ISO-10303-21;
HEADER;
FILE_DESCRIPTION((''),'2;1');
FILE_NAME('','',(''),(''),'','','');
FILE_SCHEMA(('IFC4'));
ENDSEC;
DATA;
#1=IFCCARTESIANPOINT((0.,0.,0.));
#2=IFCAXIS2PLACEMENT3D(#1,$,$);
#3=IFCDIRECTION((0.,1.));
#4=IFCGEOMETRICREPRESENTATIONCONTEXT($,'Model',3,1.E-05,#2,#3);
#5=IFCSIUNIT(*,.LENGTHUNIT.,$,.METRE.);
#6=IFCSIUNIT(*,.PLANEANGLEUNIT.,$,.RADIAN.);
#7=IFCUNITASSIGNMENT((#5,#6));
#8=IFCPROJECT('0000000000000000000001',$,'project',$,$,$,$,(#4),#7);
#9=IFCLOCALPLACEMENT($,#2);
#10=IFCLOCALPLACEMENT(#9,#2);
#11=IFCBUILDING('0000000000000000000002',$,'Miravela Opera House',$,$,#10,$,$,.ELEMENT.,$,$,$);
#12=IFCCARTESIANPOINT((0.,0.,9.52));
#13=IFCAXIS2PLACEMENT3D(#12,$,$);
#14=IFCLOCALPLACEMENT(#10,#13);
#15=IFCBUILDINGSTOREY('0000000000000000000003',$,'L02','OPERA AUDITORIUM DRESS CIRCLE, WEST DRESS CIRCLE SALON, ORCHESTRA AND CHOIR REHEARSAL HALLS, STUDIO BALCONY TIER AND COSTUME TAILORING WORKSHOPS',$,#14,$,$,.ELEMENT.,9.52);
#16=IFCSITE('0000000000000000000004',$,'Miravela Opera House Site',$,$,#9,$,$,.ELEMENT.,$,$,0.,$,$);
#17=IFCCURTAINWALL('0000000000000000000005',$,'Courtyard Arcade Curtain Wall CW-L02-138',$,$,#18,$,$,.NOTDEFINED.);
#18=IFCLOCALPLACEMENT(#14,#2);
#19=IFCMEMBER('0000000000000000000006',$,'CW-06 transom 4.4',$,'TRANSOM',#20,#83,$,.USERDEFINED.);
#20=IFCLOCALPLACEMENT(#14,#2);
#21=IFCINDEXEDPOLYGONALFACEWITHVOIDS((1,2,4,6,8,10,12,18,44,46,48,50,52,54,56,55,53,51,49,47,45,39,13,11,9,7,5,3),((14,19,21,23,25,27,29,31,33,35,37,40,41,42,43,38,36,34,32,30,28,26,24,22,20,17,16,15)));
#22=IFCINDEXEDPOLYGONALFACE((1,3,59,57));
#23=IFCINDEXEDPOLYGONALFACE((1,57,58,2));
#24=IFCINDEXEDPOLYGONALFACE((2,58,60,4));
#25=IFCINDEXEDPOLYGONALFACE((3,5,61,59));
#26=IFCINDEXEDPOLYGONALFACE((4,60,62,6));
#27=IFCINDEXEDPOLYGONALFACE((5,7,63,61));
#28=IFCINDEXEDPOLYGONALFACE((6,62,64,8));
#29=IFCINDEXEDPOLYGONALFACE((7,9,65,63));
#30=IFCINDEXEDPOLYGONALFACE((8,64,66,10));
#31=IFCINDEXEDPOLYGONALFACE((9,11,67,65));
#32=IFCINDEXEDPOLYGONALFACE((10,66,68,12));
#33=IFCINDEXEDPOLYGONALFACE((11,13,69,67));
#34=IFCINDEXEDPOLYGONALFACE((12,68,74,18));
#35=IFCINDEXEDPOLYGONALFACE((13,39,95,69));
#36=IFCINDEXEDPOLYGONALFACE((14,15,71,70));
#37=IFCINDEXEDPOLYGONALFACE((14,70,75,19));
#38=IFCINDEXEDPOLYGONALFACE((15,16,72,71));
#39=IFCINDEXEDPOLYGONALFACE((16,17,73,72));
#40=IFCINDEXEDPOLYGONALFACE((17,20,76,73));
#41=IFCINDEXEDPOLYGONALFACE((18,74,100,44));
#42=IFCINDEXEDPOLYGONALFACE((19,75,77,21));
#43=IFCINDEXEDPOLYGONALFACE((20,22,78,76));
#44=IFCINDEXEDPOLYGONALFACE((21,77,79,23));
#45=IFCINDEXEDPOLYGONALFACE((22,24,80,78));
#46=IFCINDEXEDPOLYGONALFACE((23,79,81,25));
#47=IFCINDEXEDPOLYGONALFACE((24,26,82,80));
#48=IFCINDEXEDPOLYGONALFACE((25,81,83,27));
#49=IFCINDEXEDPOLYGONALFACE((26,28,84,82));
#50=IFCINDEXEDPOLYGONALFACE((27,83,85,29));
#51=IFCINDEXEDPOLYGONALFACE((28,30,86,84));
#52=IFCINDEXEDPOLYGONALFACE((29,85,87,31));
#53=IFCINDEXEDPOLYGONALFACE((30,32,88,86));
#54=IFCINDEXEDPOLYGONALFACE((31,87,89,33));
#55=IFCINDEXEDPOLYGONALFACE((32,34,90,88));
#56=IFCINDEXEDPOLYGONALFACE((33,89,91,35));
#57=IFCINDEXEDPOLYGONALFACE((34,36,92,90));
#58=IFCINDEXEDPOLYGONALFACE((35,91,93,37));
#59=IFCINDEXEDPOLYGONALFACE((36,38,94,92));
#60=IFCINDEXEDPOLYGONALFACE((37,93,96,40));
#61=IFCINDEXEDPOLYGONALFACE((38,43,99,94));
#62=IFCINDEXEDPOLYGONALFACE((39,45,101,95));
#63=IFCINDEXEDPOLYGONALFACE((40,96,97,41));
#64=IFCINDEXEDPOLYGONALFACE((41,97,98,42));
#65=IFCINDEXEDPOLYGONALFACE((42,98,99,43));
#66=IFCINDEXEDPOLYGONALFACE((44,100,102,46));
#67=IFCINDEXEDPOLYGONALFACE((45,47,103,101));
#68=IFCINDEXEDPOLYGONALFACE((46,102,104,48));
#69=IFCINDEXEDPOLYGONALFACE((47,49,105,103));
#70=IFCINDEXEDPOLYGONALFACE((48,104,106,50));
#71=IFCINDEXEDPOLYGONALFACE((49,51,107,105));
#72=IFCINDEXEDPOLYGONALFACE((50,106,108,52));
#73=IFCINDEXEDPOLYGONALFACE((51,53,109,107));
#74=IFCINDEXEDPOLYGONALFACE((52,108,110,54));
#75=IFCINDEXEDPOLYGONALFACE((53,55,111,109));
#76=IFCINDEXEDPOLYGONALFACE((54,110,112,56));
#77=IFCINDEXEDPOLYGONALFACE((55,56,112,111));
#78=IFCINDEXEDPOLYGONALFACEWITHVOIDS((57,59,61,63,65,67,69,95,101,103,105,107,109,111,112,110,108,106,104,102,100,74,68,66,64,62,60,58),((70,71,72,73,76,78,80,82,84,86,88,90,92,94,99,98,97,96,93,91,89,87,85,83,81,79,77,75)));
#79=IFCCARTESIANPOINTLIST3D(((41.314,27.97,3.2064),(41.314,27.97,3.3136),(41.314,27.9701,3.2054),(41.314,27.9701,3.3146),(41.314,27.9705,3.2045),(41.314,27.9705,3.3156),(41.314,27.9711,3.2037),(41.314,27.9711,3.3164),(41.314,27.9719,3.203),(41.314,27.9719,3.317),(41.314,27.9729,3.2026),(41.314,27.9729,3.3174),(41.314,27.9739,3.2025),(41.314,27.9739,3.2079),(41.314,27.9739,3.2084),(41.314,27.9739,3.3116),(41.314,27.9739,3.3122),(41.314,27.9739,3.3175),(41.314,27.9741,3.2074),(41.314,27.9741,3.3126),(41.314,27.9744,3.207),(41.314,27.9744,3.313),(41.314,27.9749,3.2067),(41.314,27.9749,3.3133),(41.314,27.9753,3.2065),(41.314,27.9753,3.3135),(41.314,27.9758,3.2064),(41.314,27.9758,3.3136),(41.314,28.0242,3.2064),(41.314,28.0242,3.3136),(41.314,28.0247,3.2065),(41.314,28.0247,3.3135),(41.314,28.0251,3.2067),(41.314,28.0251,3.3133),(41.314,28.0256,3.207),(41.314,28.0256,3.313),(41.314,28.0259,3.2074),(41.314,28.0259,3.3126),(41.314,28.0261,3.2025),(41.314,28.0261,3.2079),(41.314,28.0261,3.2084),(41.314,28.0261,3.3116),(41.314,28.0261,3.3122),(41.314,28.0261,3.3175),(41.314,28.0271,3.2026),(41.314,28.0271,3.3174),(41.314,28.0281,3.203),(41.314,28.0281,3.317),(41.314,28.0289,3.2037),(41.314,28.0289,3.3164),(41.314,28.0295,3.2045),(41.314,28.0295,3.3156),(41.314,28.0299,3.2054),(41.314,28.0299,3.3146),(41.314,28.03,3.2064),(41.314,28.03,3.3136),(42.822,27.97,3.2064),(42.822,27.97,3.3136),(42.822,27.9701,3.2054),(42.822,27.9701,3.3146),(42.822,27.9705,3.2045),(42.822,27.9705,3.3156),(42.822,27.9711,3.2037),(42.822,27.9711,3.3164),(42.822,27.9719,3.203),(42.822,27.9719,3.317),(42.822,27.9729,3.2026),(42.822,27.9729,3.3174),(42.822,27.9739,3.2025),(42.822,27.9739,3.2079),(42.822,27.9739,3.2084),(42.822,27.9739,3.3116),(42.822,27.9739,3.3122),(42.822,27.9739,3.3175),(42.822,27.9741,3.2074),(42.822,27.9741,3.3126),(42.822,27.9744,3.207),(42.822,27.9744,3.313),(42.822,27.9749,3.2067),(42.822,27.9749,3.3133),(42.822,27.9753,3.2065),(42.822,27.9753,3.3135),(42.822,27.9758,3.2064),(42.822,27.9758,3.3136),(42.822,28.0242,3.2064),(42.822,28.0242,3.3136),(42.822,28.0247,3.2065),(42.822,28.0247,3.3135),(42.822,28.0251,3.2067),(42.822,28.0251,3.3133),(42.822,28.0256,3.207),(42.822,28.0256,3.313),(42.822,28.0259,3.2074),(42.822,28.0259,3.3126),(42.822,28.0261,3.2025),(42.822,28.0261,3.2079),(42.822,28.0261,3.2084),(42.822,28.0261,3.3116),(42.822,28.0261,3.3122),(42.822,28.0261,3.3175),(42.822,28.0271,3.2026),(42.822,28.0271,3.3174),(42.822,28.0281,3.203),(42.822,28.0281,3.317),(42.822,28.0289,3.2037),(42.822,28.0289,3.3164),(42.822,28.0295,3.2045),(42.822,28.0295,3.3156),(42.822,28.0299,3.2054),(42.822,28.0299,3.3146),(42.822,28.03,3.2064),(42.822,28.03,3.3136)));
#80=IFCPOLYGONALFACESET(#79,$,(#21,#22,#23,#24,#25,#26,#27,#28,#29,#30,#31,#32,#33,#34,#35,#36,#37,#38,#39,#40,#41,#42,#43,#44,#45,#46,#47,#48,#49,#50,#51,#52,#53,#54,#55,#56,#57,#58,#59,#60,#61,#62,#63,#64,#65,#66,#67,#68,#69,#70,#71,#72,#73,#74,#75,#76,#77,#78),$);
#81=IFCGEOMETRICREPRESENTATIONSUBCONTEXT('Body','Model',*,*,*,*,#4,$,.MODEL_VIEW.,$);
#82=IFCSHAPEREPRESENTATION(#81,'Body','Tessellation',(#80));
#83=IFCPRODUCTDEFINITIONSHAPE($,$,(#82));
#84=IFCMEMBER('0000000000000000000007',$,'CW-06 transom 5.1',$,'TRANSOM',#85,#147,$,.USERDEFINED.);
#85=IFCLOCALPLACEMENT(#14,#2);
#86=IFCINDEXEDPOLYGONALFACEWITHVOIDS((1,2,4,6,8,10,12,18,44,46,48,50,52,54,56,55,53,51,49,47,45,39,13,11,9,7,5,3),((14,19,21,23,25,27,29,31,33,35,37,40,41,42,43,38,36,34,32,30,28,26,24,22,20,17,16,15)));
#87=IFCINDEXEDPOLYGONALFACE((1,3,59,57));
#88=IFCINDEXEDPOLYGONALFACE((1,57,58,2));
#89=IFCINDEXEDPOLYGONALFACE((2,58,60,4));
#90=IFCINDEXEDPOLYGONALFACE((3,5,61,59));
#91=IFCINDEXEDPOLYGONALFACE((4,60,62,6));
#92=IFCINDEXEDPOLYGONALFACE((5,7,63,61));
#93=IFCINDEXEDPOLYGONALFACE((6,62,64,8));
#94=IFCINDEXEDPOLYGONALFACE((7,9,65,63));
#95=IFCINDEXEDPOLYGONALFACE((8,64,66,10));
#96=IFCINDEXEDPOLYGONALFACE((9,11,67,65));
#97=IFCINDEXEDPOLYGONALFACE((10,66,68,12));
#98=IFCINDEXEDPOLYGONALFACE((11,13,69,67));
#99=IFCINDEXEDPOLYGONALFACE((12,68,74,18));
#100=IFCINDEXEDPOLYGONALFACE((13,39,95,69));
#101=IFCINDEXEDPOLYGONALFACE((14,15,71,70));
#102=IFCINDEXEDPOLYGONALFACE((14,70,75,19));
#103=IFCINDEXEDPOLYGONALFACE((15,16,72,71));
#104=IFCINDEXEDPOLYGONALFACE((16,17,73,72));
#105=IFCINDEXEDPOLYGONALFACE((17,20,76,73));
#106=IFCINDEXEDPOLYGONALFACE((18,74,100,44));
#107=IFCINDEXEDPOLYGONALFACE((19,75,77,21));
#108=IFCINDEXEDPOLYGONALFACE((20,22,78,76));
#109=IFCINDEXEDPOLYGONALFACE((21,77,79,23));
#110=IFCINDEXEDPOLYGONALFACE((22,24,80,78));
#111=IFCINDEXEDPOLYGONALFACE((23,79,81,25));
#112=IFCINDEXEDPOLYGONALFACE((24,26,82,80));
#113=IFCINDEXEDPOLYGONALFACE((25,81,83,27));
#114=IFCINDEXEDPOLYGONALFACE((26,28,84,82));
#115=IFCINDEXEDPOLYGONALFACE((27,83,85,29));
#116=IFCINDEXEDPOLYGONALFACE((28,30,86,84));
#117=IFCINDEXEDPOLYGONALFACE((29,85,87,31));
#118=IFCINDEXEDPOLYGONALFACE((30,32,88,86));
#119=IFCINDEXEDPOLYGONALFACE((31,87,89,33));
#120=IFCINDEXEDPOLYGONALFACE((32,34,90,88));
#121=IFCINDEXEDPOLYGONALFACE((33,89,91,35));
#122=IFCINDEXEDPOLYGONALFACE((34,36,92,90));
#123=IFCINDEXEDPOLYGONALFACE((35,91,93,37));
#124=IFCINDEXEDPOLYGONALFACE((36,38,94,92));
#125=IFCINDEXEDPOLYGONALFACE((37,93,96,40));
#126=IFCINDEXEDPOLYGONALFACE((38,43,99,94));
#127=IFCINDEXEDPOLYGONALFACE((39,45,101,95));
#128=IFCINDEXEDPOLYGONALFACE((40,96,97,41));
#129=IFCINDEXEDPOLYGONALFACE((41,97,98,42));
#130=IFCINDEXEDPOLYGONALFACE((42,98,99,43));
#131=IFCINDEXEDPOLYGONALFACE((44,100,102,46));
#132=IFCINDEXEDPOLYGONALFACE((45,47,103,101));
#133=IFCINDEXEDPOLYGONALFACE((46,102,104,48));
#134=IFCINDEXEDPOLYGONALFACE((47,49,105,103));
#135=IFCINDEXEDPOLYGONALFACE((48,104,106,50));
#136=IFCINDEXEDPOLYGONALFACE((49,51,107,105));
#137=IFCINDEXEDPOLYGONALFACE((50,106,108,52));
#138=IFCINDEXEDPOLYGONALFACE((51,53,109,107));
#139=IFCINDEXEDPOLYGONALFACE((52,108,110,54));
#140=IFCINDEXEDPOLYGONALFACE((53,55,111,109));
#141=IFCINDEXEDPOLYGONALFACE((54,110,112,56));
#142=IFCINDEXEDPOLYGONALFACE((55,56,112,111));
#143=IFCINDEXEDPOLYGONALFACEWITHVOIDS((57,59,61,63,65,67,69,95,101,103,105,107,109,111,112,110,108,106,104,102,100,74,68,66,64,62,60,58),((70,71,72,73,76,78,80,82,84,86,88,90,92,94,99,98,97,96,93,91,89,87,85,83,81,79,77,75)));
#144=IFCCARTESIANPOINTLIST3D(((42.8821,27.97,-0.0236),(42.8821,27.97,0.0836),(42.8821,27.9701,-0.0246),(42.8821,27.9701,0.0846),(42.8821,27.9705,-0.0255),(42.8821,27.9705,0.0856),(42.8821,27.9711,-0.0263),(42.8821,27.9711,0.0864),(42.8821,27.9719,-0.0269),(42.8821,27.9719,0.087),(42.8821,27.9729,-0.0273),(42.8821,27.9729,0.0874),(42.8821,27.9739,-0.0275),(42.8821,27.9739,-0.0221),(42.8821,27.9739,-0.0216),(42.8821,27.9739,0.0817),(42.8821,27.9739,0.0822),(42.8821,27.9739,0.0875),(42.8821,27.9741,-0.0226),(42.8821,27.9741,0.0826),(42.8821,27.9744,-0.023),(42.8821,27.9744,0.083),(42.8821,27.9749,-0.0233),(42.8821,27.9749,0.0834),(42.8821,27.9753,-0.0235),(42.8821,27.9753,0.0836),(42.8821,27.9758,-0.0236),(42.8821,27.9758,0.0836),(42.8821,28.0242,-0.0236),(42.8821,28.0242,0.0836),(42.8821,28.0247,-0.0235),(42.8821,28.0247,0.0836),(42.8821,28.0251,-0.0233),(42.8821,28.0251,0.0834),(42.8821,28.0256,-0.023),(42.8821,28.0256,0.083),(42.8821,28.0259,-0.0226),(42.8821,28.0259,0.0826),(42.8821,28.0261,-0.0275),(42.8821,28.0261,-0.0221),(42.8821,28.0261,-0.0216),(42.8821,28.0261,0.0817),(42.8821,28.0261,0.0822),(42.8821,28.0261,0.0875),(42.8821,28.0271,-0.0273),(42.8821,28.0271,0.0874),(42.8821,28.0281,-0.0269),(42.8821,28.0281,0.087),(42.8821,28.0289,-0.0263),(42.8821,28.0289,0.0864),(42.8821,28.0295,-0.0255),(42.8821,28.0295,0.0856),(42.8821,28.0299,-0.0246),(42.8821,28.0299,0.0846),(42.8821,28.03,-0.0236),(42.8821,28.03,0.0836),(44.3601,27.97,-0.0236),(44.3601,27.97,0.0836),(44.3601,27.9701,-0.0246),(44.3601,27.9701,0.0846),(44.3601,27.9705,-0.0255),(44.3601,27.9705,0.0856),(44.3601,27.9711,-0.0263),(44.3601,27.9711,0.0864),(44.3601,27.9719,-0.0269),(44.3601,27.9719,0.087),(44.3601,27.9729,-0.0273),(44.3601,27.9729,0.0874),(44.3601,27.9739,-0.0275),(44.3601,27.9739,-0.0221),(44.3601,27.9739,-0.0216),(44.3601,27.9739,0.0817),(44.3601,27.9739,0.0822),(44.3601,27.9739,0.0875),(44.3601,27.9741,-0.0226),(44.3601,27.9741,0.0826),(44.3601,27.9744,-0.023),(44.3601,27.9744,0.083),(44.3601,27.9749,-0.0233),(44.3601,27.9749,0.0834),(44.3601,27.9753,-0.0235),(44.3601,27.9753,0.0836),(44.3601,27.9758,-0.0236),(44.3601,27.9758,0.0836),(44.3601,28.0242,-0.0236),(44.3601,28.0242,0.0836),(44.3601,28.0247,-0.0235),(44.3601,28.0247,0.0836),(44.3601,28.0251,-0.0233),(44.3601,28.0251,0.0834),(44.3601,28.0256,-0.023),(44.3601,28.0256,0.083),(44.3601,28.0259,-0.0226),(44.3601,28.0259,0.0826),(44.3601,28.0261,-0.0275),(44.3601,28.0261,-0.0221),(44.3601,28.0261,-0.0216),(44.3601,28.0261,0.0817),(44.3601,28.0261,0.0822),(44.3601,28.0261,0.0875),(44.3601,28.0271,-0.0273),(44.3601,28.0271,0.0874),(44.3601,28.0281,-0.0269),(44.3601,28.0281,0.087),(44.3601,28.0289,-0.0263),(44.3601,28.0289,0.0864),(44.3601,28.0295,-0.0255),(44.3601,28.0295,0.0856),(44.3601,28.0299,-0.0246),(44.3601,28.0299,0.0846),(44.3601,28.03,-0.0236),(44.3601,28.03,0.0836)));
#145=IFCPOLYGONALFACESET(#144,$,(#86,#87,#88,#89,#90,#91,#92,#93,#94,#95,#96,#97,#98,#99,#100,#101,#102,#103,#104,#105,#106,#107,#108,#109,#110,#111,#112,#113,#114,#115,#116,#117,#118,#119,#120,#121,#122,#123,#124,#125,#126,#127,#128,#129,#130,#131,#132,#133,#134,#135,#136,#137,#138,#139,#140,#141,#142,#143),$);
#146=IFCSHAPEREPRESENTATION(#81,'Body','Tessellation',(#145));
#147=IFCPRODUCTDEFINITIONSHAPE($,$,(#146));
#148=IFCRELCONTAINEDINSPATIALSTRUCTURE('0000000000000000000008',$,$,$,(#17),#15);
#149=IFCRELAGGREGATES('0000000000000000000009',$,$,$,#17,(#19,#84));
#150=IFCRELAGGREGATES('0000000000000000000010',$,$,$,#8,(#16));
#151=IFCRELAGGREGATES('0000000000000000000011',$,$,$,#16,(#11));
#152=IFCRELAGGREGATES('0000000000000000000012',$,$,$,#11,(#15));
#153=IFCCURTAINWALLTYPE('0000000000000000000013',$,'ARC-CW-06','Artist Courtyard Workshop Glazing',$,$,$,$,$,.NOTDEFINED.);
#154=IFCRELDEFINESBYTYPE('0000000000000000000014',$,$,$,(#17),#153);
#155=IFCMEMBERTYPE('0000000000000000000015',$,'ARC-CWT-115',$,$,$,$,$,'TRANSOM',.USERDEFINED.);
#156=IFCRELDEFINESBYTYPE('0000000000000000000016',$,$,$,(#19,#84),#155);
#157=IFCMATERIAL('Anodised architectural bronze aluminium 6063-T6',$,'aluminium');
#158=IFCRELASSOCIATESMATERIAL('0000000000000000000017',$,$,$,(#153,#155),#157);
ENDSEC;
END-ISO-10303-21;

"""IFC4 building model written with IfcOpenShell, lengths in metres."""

from ifc_helpers import new_model, si_unit, direction, frame, origin, origin_2d, place, context, subcontext, project, spatial, hollow_rectangle, extrude, material, material_profile, profile_set, type_object, element, aggregate, save


model = new_model("IFC4")

# Units and contexts
model_context = context("Model", 3, precision=1e-05, world=origin(), true_north=direction((0.0, 1.0)))
body_context = subcontext(model_context, "Body", "Model", "MODEL_VIEW")
ifc_project = project(units=[si_unit("LENGTHUNIT", "METRE"), si_unit("PLANEANGLEUNIT", "RADIAN")], contexts=[model_context])

# Site, building, storey
site_placement = place(None, origin())
site = spatial("IfcSite", under=ifc_project, at=site_placement, Name="Miravela Opera House Site", CompositionType="ELEMENT", RefElevation=0.0)
building_placement = place(site_placement, origin())
building = spatial("IfcBuilding", under=site, at=building_placement, Name="Miravela Opera House", CompositionType="ELEMENT")
storey_placement = place(building_placement, frame((0.0, 0.0, 9.52)))
storey = spatial("IfcBuildingStorey", under=building, at=storey_placement, Name="L02", Description="OPERA AUDITORIUM DRESS CIRCLE, WEST DRESS CIRCLE SALON, ORCHESTRA AND CHOIR REHEARSAL HALLS, STUDIO BALCONY TIER AND COSTUME TAILORING WORKSHOPS", CompositionType="ELEMENT", Elevation=9.52)

# Curtain wall, members
ifc_material_1 = material(Name="Anodised architectural bronze aluminium 6063-T6", Category="aluminium")
curtain_wall_type = type_object("IfcCurtainWallType", Name="ARC-CW-06", Description="Artist Courtyard Workshop Glazing", PredefinedType="NOTDEFINED", material=ifc_material_1)
curtain_wall_placement = place(storey_placement, origin())
curtain_wall = element("IfcCurtainWall", 1, at=curtain_wall_placement, inside=storey, type_object=curtain_wall_type, Name="Courtyard Arcade Curtain Wall CW-L02-138", PredefinedType="NOTDEFINED")
ifc_material_profile_1 = material_profile(ifc_material_1, hollow_rectangle(XDim=0.0601, YDim=0.115, WallThickness=0.0039, InnerFilletRadius=0.002, OuterFilletRadius=0.0039, at=origin_2d()), Name="CWT-60X115")
ifc_profile_set_1 = profile_set([ifc_material_profile_1])
member_type_1 = type_object("IfcMemberType", Name="ARC-CWT-115", ElementType="TRANSOM", PredefinedType="USERDEFINED", material=ifc_profile_set_1)
member_1_placement = place(storey_placement, frame((41.314, 28.0, 3.26), z_axis=(1.0, 0.0, 0.0), x_axis=(0.0, 1.0, 0.0)))
member_1 = element("IfcMember", 2, at=member_1_placement, type_object=member_type_1, Name="CW-06 transom 4.4", ObjectType="TRANSOM", PredefinedType="USERDEFINED", context=body_context, shape_type="SweptSolid", body=[
    extrude(hollow_rectangle(XDim=0.0601, YDim=0.115, WallThickness=0.0039, InnerFilletRadius=0.002, OuterFilletRadius=0.0039, at=origin_2d()), origin(), (0.0, 0.0, 1.0), 1.5081),
])
member_2_placement = place(storey_placement, frame((42.8821, 28.0, 0.03), z_axis=(1.0, 0.0, 0.0), x_axis=(0.0, 1.0, 0.0)))
member_2 = element("IfcMember", 3, at=member_2_placement, type_object=member_type_1, Name="CW-06 transom 5.1", ObjectType="TRANSOM", PredefinedType="USERDEFINED", context=body_context, shape_type="SweptSolid", body=[
    extrude(hollow_rectangle(XDim=0.0601, YDim=0.115, WallThickness=0.0039, InnerFilletRadius=0.002, OuterFilletRadius=0.0039, at=origin_2d()), origin(), (0.0, 0.0, 1.0), 1.478),
])

aggregate(curtain_wall, [member_1, member_2])

save(model, "model.ifc")
